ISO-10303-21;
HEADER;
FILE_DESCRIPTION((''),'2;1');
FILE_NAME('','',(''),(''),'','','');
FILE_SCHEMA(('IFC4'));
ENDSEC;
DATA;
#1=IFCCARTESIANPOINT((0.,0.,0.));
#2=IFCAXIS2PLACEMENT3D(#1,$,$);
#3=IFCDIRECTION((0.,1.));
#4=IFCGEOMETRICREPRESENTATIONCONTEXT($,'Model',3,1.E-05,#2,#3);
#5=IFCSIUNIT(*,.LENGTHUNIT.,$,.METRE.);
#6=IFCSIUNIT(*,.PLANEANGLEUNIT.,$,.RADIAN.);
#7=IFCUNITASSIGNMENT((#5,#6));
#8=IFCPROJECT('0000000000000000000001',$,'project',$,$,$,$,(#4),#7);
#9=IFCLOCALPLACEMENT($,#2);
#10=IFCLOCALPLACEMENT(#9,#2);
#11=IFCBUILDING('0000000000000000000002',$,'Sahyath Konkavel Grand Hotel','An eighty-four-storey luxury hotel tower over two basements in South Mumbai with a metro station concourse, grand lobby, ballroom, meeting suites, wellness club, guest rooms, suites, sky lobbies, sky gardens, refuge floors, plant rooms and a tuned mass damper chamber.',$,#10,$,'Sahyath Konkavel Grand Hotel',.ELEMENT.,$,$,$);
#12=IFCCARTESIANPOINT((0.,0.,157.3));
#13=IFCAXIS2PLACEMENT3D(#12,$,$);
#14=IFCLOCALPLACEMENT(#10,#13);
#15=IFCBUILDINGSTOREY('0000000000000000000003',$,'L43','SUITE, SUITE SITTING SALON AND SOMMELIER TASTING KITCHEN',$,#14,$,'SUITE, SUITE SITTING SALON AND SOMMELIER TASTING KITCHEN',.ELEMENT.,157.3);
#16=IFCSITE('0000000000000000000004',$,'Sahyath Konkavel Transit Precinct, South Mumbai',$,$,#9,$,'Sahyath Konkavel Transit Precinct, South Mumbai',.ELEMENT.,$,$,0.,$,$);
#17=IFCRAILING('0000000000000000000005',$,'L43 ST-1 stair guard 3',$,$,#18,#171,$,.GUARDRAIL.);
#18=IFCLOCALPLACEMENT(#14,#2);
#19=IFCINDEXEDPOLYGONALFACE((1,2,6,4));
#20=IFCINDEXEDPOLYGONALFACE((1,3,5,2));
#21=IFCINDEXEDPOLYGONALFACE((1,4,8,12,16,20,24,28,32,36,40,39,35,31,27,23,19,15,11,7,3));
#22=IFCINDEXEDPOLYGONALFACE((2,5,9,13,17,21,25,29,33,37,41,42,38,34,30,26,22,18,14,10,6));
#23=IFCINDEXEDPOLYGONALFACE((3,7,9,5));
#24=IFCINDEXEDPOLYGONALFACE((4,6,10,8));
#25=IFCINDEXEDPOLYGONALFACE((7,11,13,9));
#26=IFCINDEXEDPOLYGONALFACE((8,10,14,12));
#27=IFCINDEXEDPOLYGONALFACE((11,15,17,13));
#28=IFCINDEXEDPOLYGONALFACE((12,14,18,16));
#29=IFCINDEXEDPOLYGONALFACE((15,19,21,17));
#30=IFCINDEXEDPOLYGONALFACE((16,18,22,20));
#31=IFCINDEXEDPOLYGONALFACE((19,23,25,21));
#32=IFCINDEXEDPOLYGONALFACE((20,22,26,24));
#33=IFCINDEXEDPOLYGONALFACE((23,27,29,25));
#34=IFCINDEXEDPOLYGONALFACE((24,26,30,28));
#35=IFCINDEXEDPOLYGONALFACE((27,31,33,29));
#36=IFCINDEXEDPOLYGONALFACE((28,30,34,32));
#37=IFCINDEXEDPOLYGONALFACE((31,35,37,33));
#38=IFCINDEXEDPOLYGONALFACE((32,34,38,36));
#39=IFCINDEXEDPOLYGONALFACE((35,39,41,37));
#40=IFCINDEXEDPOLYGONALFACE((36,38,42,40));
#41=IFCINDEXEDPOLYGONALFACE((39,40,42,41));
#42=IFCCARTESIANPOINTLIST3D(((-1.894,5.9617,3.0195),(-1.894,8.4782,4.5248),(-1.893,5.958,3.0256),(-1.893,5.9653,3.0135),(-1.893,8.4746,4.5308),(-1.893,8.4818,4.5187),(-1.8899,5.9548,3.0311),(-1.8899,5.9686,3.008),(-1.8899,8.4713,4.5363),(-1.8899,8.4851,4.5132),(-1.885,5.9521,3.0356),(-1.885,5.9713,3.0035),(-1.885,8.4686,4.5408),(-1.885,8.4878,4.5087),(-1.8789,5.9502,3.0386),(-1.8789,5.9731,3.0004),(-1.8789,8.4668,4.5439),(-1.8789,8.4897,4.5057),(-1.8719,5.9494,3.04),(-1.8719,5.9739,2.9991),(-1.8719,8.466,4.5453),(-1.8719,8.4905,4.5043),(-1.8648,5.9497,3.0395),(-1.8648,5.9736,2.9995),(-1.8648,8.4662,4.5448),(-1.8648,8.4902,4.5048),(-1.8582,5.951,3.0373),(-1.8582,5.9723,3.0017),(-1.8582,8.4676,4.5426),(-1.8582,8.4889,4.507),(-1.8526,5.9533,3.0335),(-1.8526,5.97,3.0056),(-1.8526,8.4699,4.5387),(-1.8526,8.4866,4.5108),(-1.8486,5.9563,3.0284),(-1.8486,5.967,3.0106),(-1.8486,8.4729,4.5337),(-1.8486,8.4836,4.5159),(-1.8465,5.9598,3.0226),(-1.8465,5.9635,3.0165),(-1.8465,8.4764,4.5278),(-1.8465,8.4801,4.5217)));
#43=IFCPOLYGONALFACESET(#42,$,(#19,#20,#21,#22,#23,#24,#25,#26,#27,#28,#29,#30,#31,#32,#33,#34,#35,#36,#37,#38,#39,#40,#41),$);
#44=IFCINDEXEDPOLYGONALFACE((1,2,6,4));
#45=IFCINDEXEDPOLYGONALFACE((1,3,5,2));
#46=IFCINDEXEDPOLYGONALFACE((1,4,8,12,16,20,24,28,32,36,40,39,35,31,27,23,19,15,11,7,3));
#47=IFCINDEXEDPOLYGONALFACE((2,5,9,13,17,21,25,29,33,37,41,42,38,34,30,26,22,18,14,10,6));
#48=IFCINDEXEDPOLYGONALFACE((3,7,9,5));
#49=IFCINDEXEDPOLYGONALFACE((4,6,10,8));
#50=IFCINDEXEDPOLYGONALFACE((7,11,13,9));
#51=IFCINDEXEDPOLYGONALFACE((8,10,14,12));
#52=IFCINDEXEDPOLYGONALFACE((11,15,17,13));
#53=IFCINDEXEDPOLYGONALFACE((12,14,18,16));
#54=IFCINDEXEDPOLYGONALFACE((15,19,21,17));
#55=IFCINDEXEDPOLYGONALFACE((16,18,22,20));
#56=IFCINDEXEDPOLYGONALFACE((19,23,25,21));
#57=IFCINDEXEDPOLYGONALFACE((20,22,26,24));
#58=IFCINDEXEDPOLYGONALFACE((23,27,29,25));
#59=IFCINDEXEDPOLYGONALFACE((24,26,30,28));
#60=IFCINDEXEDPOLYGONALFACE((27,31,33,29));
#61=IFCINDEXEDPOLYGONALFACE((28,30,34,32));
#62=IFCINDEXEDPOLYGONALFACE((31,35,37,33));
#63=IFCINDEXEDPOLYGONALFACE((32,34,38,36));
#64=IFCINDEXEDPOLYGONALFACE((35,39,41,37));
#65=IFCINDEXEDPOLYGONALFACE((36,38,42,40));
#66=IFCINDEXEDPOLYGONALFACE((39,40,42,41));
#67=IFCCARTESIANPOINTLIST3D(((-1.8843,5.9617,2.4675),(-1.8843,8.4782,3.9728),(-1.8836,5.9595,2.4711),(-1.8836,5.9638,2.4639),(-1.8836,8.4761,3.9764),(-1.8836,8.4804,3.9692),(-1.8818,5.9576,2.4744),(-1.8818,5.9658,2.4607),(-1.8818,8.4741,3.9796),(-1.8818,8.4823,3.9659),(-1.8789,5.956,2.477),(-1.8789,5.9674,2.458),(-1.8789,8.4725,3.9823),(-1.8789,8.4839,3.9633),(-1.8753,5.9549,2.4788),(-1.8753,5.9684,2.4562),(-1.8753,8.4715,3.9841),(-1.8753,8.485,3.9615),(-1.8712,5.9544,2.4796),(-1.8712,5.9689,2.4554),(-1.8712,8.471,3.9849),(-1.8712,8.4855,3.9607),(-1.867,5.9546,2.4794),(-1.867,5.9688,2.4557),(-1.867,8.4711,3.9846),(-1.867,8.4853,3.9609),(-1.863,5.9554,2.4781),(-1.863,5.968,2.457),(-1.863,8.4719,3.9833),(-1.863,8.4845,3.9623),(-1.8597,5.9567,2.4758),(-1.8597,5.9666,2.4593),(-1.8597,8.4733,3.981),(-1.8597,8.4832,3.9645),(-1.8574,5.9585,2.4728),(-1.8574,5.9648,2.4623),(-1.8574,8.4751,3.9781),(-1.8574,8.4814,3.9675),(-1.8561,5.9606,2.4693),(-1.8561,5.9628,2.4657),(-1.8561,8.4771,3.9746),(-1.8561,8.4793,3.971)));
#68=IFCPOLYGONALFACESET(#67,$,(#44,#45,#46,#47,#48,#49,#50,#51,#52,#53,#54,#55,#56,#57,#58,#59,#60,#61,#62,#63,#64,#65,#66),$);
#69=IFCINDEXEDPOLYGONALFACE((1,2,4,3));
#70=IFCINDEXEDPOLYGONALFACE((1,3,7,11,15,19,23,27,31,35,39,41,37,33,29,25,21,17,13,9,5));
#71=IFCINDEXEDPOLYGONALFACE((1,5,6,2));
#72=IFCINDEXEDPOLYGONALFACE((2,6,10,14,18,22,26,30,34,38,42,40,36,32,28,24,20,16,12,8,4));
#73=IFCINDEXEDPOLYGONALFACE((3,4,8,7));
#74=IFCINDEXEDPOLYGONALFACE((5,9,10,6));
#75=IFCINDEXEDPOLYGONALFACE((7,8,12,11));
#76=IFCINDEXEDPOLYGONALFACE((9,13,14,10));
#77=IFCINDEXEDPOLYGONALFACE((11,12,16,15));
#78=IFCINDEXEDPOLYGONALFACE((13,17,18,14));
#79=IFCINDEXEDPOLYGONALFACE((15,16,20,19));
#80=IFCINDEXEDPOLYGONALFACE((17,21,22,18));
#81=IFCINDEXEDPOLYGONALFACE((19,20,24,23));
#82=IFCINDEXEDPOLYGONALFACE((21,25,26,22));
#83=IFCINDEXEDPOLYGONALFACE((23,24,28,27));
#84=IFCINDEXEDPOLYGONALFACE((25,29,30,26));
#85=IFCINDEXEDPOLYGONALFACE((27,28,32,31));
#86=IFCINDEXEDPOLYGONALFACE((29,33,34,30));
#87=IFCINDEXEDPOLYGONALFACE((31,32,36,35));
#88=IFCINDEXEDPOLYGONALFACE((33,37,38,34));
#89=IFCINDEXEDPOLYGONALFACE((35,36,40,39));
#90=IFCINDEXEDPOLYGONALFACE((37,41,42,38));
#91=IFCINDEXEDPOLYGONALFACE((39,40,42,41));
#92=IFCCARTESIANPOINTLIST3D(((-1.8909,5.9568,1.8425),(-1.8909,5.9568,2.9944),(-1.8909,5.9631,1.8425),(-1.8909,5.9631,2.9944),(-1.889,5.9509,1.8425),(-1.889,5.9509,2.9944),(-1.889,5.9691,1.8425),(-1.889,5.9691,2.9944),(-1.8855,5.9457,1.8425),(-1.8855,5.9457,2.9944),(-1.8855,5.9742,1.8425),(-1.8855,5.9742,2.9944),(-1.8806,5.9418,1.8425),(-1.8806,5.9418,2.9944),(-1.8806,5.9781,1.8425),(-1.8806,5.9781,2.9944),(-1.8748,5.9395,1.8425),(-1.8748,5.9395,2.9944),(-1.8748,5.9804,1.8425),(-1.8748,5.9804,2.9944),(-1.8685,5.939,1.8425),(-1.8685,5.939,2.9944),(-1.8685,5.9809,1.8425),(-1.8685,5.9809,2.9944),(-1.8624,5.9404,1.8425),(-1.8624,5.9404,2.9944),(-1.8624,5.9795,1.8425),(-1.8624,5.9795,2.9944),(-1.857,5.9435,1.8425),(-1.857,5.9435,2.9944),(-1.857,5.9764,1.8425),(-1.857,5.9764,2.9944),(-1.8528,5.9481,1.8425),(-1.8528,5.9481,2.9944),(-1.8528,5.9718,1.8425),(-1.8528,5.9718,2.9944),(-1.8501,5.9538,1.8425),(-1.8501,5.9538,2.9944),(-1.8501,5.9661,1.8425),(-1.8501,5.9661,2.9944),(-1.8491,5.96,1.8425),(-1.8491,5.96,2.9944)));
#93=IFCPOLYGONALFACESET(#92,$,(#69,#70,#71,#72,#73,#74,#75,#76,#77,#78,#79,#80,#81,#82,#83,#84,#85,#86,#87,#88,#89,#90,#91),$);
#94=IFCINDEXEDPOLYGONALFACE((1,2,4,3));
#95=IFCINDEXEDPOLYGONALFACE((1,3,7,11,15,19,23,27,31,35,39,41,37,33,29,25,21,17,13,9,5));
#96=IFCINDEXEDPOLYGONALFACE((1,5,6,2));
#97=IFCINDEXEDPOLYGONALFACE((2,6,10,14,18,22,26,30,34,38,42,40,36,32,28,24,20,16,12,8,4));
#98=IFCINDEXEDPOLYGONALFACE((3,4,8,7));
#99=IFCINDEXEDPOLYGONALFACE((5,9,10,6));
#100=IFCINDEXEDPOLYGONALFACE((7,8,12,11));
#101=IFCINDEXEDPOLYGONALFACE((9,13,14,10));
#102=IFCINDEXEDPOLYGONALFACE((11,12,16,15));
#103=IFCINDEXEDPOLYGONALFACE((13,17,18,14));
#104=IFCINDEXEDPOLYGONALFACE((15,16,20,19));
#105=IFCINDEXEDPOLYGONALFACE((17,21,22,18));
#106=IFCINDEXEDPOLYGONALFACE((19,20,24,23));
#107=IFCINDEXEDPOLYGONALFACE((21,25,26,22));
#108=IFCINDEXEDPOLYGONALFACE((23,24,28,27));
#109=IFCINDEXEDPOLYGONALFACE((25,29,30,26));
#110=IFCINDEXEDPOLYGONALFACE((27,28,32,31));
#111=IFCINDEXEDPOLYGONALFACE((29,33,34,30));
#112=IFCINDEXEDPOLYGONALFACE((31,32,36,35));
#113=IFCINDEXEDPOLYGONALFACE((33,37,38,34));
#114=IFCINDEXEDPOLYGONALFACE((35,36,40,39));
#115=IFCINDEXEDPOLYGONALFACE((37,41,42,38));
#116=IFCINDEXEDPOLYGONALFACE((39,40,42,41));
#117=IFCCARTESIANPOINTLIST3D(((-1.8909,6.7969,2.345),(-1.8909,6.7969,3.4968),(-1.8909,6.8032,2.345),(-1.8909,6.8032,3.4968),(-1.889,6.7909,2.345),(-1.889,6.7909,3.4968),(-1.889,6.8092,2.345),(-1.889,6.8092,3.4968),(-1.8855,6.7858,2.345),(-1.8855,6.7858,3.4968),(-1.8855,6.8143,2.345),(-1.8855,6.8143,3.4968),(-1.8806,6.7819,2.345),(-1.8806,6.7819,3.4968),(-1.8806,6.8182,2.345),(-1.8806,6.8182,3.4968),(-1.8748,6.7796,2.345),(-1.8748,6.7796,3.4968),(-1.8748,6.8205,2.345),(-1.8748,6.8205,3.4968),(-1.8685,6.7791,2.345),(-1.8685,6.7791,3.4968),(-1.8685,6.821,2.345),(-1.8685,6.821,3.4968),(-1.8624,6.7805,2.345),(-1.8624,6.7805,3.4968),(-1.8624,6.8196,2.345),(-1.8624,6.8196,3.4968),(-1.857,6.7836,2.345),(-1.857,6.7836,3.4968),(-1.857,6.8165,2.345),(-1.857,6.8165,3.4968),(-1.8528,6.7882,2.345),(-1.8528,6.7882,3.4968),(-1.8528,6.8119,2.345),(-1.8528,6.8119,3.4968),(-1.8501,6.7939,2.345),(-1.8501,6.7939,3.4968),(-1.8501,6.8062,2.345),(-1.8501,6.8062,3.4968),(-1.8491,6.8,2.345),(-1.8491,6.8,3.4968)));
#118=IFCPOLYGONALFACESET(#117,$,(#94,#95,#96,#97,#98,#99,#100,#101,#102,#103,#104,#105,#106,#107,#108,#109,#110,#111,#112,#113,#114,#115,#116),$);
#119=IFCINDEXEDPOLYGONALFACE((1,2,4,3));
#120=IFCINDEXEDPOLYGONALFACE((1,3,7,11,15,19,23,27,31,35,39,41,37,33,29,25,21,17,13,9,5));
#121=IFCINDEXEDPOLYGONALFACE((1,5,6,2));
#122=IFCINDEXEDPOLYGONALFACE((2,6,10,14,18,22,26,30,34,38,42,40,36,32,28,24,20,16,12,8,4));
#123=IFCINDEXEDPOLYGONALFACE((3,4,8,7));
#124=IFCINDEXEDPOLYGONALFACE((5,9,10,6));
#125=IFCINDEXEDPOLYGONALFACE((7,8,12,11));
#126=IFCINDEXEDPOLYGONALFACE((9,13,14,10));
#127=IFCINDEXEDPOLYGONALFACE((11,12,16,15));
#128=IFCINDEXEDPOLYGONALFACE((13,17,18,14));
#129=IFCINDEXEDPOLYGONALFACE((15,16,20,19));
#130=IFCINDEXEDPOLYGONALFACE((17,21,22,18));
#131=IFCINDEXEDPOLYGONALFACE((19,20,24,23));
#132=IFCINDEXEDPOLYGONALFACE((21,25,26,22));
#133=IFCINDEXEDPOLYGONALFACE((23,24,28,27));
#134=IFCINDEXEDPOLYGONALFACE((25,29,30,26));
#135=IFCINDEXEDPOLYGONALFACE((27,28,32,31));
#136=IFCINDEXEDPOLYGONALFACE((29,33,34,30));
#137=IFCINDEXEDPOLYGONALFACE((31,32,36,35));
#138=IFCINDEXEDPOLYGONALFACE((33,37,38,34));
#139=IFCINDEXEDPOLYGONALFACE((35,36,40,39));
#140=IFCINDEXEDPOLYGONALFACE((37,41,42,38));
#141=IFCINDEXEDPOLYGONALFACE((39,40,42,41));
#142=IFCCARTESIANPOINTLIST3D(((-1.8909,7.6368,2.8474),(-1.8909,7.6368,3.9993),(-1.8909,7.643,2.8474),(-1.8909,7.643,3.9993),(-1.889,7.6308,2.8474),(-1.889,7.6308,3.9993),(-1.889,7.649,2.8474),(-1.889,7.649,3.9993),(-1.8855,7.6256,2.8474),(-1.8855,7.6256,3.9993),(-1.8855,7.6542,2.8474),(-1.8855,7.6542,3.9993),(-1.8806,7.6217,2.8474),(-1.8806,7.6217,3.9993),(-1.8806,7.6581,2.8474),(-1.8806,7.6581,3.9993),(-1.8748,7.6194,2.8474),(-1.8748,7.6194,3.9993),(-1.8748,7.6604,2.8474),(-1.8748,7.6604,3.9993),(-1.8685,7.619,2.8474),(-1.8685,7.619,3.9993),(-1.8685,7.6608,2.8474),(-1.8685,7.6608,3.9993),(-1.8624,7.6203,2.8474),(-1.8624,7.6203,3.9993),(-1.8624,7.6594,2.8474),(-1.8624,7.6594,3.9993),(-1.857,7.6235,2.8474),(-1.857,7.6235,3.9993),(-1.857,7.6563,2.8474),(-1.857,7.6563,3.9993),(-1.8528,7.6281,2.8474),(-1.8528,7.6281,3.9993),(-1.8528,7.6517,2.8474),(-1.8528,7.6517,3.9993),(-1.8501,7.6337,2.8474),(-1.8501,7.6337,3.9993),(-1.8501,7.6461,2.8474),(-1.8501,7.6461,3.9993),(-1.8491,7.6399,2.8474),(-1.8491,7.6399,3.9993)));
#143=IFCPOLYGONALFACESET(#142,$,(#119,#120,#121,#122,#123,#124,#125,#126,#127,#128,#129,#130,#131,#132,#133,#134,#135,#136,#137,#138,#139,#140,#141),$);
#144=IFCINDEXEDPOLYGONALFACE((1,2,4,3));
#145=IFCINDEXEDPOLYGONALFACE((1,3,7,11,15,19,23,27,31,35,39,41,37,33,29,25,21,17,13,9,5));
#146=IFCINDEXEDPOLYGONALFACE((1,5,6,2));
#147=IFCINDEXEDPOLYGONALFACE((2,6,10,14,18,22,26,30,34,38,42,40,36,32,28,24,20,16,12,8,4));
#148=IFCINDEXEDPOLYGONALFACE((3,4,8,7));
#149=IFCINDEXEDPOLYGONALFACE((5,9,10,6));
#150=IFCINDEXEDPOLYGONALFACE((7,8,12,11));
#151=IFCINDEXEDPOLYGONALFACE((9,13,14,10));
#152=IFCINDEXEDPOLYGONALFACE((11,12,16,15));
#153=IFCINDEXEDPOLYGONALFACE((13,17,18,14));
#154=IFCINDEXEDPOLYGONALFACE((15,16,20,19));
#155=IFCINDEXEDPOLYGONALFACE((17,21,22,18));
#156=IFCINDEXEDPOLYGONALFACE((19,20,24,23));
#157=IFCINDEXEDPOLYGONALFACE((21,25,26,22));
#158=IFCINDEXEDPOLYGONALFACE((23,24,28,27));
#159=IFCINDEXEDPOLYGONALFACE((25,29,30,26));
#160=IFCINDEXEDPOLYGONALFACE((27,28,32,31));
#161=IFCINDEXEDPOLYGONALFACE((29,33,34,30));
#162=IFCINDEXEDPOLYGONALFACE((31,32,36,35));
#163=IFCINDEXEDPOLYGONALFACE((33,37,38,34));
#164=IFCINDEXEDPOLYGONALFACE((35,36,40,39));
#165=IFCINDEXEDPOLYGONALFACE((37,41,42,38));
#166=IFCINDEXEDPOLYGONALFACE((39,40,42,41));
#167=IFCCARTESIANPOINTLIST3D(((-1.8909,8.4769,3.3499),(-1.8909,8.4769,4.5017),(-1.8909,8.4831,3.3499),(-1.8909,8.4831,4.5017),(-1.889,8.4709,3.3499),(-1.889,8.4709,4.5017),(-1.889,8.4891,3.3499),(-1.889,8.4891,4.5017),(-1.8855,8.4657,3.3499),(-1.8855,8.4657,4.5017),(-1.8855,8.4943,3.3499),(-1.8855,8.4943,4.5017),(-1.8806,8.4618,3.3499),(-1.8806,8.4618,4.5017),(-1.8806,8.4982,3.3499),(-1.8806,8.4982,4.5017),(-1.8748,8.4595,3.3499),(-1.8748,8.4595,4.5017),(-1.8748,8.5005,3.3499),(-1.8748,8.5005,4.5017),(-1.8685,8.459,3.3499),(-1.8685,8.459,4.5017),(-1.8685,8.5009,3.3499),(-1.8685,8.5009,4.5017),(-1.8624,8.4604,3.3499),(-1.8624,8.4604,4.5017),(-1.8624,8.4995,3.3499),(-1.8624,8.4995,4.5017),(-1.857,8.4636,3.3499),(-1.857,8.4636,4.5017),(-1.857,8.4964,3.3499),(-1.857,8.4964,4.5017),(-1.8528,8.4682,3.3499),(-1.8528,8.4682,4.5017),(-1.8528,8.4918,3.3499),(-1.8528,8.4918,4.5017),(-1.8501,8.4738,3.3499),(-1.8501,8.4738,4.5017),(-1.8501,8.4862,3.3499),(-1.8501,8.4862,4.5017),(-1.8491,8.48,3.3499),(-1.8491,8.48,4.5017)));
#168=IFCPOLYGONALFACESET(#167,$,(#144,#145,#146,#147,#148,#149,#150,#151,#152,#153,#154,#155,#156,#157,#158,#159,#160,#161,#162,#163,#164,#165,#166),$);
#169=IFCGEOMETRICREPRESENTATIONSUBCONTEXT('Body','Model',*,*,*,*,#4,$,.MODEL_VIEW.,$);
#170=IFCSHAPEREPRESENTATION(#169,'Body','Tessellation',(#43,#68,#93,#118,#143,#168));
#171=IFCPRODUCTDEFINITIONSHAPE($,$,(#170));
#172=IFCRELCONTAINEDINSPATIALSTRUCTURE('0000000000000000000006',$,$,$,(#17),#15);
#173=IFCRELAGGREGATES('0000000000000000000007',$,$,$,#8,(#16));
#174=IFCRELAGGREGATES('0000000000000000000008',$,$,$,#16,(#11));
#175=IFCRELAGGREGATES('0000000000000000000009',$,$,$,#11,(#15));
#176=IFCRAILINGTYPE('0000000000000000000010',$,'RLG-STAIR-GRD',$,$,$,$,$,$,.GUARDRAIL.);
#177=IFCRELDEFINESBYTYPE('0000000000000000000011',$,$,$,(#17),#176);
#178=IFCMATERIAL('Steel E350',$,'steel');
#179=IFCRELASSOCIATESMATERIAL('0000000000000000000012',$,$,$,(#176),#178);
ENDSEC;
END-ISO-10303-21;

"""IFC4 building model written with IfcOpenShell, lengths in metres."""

from ifc_helpers import new_model, si_unit, direction, frame, origin, origin_2d, place, context, subcontext, project, spatial, circle, extrude, material, type_object, element, save


model = new_model("IFC4")

# Units and contexts
model_context = context("Model", 3, precision=1e-05, world=origin(), true_north=direction((0.0, 1.0)))
body_context = subcontext(model_context, "Body", "Model", "MODEL_VIEW")
ifc_project = project(units=[si_unit("LENGTHUNIT", "METRE"), si_unit("PLANEANGLEUNIT", "RADIAN")], contexts=[model_context])

# Site, building, storey
site_placement = place(None, origin())
site = spatial("IfcSite", under=ifc_project, at=site_placement, Name="Sahyath Konkavel Transit Precinct, South Mumbai", LongName="Sahyath Konkavel Transit Precinct, South Mumbai", CompositionType="ELEMENT", RefElevation=0.0)
building_placement = place(site_placement, origin())
building = spatial("IfcBuilding", under=site, at=building_placement, Name="Sahyath Konkavel Grand Hotel", Description="An eighty-four-storey luxury hotel tower over two basements in South Mumbai with a metro station concourse, grand lobby, ballroom, meeting suites, wellness club, guest rooms, suites, sky lobbies, sky gardens, refuge floors, plant rooms and a tuned mass damper chamber.", LongName="Sahyath Konkavel Grand Hotel", CompositionType="ELEMENT")
storey_placement = place(building_placement, frame((0.0, 0.0, 157.3)))
storey = spatial("IfcBuildingStorey", under=building, at=storey_placement, Name="L43", Description="SUITE, SUITE SITTING SALON AND SOMMELIER TASTING KITCHEN", LongName="SUITE, SUITE SITTING SALON AND SOMMELIER TASTING KITCHEN", CompositionType="ELEMENT", Elevation=157.3)

# Shared definitions
ifc_material_1 = material(Name="Steel E350", Category="steel")

# Railing
railing_type_1 = type_object("IfcRailingType", Name="RLG-STAIR-GRD", PredefinedType="GUARDRAIL", material=ifc_material_1)
railing_1_placement = place(storey_placement, frame((-1.8701, 5.96, 1.8425)))
element("IfcRailing", 1, at=railing_1_placement, inside=storey, type_object=railing_type_1, Name="L43 ST-1 stair guard 3", PredefinedType="GUARDRAIL", context=body_context, shape_type="SweptSolid", body=[
    extrude(circle(Radius=0.0239, at=origin_2d()), frame((0.0, 0.0017, 1.177), z_axis=(0.0, 0.858196, 0.513321), x_axis=(-1.0, 0.0, 0.0)), (0.0, 0.0, 1.0), 2.9324),
    extrude(circle(Radius=0.0142, at=origin_2d()), frame((0.0, 0.0017, 0.625), z_axis=(0.0, 0.858196, 0.513321), x_axis=(-1.0, 0.0, 0.0)), (0.0, 0.0, 1.0), 2.9324),
    extrude(circle(Radius=0.021, at=origin_2d()), origin(), (0.0, 0.0, 1.0), 1.1519),
    extrude(circle(Radius=0.021, at=origin_2d()), frame((0.0, 0.8401, 0.5024)), (0.0, 0.0, 1.0), 1.1519),
    extrude(circle(Radius=0.021, at=origin_2d()), frame((0.0, 1.6799, 1.0049)), (0.0, 0.0, 1.0), 1.1519),
    extrude(circle(Radius=0.021, at=origin_2d()), frame((0.0, 2.52, 1.5073)), (0.0, 0.0, 1.0), 1.1519),
])

save(model, "model.ifc")
